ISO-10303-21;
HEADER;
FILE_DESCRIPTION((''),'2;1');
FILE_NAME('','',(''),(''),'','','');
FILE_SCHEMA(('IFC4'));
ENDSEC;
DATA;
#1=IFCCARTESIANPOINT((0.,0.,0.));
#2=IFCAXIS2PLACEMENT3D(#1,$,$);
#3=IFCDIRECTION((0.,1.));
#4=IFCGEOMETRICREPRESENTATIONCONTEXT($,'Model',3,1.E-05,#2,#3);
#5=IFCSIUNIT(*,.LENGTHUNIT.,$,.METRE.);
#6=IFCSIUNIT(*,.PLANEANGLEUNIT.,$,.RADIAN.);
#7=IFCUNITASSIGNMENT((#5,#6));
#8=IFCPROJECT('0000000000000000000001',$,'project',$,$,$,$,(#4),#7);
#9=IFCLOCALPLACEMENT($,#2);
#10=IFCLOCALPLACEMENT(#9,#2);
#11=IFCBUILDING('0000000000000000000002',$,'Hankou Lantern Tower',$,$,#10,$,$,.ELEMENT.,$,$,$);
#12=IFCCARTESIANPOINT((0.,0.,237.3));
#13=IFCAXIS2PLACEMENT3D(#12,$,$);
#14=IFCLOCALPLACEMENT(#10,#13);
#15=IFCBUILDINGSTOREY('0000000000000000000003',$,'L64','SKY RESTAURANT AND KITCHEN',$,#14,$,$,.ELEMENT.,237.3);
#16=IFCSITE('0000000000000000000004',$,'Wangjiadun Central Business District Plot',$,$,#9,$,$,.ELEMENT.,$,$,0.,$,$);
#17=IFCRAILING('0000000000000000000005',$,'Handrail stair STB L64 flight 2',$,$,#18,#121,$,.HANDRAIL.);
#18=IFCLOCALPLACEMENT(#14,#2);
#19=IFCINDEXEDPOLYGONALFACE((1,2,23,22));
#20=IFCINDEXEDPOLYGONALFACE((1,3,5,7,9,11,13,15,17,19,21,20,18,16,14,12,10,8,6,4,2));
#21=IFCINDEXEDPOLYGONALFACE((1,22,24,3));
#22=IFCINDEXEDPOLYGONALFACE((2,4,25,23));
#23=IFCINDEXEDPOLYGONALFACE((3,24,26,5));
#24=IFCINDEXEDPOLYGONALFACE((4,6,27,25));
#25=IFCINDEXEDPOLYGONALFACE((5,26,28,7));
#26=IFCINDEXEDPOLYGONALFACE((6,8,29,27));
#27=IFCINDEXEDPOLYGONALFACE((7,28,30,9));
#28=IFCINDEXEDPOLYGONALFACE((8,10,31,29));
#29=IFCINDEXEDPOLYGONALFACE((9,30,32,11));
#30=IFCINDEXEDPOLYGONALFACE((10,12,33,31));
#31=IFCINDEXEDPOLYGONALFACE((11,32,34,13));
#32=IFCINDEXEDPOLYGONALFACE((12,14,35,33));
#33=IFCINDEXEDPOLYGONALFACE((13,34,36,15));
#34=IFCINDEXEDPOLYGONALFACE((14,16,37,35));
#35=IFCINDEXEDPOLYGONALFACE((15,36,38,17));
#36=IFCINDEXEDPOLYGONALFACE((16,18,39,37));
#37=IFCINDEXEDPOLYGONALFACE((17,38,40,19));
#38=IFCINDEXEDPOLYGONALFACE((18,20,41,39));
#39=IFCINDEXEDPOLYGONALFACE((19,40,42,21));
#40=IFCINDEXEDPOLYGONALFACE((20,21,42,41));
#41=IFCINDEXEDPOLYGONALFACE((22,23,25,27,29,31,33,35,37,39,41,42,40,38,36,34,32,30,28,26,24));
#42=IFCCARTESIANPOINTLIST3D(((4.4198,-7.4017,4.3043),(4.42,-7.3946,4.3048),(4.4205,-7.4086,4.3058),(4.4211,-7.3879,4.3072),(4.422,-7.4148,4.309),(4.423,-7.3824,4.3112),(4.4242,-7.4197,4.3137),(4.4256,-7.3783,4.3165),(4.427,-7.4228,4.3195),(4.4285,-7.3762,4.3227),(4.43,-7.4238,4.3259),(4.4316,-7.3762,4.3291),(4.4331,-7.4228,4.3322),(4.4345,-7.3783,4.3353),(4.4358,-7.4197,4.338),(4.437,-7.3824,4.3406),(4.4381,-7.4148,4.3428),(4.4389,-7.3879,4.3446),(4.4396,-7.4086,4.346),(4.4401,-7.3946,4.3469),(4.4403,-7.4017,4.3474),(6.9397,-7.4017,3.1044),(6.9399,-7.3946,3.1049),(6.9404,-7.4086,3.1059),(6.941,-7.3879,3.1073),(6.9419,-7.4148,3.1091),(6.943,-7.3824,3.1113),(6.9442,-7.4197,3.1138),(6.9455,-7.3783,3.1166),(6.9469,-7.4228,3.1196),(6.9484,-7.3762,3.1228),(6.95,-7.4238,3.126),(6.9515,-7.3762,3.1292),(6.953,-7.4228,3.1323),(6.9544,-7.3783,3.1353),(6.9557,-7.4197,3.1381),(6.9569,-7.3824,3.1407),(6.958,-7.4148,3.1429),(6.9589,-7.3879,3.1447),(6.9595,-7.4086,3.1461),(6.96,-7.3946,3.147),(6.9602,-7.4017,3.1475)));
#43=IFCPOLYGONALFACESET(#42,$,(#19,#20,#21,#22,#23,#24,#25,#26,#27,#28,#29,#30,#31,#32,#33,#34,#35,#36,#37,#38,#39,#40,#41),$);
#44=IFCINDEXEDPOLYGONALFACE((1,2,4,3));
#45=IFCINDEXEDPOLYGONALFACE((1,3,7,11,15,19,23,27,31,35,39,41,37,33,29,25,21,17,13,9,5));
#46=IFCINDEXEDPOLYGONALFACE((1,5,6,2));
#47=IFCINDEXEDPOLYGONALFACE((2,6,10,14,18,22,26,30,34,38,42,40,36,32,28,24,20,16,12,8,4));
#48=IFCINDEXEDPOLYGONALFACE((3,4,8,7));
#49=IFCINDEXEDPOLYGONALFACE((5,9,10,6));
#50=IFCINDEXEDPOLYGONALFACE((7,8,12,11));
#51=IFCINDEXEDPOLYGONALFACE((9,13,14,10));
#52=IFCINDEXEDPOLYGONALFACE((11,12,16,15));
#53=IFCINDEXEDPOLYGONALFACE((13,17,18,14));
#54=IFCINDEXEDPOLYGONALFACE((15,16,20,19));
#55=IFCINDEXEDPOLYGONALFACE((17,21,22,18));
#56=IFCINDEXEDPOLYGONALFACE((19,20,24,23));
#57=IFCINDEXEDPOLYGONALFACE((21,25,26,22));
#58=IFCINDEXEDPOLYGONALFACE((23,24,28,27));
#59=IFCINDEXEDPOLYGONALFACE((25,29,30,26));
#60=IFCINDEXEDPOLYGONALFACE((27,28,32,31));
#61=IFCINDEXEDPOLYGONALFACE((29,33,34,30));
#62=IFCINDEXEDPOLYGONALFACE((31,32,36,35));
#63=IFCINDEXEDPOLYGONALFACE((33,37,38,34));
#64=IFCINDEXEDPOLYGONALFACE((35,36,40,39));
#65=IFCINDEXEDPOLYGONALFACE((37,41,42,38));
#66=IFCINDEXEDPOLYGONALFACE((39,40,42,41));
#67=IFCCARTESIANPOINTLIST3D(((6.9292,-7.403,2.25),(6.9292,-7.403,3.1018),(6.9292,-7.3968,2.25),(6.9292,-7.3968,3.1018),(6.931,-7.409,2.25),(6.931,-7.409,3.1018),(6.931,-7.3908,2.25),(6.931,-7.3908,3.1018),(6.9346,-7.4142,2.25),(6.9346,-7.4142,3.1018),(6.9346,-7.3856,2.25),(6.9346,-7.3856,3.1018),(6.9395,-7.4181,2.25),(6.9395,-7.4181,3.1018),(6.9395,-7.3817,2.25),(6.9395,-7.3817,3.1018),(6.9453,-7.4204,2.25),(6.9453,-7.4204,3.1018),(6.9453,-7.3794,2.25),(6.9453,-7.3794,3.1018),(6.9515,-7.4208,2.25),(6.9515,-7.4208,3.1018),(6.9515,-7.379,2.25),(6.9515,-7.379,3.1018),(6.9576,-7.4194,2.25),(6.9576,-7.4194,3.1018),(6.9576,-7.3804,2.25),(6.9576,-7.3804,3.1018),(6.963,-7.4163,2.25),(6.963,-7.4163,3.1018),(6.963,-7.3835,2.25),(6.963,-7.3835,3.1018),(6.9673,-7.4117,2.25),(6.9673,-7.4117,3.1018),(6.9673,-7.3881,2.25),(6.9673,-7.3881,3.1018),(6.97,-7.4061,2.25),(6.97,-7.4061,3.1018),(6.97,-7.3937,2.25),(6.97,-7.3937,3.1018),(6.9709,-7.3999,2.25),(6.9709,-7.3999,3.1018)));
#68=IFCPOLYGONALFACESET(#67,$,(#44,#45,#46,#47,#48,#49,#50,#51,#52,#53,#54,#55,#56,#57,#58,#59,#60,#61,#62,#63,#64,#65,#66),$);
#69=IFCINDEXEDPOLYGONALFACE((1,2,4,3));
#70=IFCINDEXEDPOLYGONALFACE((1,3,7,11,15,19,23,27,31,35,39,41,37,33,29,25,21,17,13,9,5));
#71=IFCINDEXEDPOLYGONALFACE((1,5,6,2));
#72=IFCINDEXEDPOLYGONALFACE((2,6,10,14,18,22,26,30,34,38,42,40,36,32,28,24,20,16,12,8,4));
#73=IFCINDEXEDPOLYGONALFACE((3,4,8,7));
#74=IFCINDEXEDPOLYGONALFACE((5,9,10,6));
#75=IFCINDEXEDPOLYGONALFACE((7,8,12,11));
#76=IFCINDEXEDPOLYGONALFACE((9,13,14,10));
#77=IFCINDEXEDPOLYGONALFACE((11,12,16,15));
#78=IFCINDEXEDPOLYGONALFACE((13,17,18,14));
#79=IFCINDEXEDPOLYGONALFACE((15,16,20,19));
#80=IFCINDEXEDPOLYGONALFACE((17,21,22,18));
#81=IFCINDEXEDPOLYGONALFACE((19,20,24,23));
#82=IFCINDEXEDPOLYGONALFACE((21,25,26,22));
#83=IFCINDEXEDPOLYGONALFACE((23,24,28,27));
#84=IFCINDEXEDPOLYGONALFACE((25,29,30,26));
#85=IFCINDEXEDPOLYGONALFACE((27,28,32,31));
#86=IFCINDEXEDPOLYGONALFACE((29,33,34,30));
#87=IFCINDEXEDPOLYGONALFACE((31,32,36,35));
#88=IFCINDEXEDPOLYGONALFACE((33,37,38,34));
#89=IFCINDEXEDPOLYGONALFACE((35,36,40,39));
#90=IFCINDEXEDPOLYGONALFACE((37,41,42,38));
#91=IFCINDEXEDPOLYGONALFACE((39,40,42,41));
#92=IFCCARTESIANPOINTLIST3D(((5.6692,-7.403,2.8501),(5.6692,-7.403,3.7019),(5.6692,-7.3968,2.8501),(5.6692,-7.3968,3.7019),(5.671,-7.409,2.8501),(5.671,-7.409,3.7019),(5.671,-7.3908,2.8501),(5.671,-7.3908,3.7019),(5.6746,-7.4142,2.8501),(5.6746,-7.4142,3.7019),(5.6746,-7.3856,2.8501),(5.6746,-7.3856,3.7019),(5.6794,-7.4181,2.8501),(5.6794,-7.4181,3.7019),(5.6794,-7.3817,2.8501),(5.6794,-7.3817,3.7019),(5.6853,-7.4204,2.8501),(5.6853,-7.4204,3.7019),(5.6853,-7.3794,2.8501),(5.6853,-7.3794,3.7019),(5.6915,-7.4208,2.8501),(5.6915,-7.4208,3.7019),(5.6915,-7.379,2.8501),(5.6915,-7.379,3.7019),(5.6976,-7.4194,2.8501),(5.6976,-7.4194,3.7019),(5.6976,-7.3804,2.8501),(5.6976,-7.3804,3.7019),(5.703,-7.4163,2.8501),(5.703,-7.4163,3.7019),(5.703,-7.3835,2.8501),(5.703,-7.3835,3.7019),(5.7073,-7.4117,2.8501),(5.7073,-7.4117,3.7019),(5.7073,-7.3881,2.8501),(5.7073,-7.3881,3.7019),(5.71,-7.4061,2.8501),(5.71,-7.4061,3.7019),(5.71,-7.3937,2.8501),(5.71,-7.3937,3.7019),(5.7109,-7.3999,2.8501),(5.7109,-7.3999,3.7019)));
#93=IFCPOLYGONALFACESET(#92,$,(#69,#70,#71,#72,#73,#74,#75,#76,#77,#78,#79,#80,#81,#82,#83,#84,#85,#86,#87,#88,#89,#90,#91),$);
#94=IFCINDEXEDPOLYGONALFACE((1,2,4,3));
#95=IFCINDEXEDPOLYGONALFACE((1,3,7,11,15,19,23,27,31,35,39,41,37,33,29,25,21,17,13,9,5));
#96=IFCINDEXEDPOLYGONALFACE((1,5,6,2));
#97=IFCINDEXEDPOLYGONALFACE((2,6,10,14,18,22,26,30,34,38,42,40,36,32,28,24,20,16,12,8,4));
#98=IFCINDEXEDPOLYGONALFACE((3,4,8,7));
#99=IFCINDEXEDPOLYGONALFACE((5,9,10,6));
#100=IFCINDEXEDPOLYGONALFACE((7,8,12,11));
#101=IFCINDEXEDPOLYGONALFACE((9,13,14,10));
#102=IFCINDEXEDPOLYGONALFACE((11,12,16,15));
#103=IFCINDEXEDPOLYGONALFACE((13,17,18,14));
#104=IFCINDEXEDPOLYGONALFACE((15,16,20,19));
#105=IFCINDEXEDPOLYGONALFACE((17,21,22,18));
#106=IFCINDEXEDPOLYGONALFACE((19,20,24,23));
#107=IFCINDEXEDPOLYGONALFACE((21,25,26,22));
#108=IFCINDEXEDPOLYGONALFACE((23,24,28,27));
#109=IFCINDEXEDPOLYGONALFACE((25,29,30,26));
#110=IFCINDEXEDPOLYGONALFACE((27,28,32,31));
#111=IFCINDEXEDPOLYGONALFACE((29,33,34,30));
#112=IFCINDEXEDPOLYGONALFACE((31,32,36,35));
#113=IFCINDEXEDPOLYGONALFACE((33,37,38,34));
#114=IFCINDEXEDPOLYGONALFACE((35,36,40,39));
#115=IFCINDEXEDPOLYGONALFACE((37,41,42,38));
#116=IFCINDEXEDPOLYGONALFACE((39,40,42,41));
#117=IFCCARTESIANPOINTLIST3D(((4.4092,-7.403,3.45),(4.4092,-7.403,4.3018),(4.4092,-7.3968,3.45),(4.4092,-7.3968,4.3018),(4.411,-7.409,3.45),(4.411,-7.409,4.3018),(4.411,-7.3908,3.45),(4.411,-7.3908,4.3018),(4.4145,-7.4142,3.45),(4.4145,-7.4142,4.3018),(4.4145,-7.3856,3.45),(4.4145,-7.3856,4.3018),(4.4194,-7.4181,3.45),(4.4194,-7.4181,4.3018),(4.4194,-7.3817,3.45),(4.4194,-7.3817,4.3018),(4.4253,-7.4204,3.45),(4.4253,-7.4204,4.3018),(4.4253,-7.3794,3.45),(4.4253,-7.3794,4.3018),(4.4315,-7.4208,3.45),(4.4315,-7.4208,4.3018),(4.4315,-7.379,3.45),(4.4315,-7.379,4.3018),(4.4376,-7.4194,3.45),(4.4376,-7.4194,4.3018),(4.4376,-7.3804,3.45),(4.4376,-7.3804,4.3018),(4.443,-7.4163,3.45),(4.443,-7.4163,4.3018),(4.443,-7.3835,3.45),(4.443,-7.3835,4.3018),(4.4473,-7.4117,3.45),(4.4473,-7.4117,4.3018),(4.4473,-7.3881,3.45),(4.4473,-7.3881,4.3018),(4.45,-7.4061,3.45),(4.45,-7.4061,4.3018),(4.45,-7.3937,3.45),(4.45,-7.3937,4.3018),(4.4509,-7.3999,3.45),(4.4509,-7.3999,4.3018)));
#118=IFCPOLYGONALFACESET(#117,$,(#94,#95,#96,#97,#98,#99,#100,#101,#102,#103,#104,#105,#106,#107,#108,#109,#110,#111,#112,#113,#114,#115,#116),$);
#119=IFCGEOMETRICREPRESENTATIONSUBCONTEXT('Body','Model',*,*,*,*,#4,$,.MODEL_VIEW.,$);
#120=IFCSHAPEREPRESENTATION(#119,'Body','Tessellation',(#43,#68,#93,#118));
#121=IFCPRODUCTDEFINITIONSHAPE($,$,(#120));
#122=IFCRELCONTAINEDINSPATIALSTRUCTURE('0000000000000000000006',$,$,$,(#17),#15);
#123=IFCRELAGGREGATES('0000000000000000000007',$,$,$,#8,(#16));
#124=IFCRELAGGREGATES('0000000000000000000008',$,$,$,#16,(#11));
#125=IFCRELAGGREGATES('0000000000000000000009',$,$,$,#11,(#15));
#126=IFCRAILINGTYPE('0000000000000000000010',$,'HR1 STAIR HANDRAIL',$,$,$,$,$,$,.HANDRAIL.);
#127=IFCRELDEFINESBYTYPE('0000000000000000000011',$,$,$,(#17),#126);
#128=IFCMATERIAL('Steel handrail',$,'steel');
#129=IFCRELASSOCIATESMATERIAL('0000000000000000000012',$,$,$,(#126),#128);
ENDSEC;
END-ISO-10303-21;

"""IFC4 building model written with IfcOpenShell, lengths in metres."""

from ifc_helpers import new_model, si_unit, direction, frame, origin, origin_2d, place, context, subcontext, project, spatial, circle, extrude, material, type_object, element, save


model = new_model("IFC4")

# Units and contexts
model_context = context("Model", 3, precision=1e-05, world=origin(), true_north=direction((0.0, 1.0)))
body_context = subcontext(model_context, "Body", "Model", "MODEL_VIEW")
ifc_project = project(units=[si_unit("LENGTHUNIT", "METRE"), si_unit("PLANEANGLEUNIT", "RADIAN")], contexts=[model_context])

# Site, building, storey
site_placement = place(None, origin())
site = spatial("IfcSite", under=ifc_project, at=site_placement, Name="Wangjiadun Central Business District Plot", CompositionType="ELEMENT", RefElevation=0.0)
building_placement = place(site_placement, origin())
building = spatial("IfcBuilding", under=site, at=building_placement, Name="Hankou Lantern Tower", CompositionType="ELEMENT")
storey_placement = place(building_placement, frame((0.0, 0.0, 237.3)))
storey = spatial("IfcBuildingStorey", under=building, at=storey_placement, Name="L64", Description="SKY RESTAURANT AND KITCHEN", CompositionType="ELEMENT", Elevation=237.3)

# Railing
ifc_material_1 = material(Name="Steel handrail", Category="steel")
railing_type = type_object("IfcRailingType", Name="HR1 STAIR HANDRAIL", PredefinedType="HANDRAIL", material=ifc_material_1)
railing_1_placement = place(storey_placement, frame((6.95, -7.3999, 2.25)))
element("IfcRailing", 1, at=railing_1_placement, inside=storey, type_object=railing_type, Name="Handrail stair STB L64 flight 2", PredefinedType="HANDRAIL", context=body_context, shape_type="SweptSolid", body=[
    extrude(circle(Radius=0.0239, at=origin_2d()), frame((0.0, 0.0, 0.876), z_axis=(-0.902869, 0.0, 0.429917), x_axis=(0.0, -1.0, 0.0)), (0.0, 0.0, 1.0), 2.791),
    extrude(circle(Radius=0.021, at=origin_2d()), origin(), (0.0, 0.0, 1.0), 0.8518),
    extrude(circle(Radius=0.021, at=origin_2d()), frame((-1.26, 0.0, 0.6001)), (0.0, 0.0, 1.0), 0.8518),
    extrude(circle(Radius=0.021, at=origin_2d()), frame((-2.52, 0.0, 1.2)), (0.0, 0.0, 1.0), 0.8518),
])

save(model, "model.ifc")
